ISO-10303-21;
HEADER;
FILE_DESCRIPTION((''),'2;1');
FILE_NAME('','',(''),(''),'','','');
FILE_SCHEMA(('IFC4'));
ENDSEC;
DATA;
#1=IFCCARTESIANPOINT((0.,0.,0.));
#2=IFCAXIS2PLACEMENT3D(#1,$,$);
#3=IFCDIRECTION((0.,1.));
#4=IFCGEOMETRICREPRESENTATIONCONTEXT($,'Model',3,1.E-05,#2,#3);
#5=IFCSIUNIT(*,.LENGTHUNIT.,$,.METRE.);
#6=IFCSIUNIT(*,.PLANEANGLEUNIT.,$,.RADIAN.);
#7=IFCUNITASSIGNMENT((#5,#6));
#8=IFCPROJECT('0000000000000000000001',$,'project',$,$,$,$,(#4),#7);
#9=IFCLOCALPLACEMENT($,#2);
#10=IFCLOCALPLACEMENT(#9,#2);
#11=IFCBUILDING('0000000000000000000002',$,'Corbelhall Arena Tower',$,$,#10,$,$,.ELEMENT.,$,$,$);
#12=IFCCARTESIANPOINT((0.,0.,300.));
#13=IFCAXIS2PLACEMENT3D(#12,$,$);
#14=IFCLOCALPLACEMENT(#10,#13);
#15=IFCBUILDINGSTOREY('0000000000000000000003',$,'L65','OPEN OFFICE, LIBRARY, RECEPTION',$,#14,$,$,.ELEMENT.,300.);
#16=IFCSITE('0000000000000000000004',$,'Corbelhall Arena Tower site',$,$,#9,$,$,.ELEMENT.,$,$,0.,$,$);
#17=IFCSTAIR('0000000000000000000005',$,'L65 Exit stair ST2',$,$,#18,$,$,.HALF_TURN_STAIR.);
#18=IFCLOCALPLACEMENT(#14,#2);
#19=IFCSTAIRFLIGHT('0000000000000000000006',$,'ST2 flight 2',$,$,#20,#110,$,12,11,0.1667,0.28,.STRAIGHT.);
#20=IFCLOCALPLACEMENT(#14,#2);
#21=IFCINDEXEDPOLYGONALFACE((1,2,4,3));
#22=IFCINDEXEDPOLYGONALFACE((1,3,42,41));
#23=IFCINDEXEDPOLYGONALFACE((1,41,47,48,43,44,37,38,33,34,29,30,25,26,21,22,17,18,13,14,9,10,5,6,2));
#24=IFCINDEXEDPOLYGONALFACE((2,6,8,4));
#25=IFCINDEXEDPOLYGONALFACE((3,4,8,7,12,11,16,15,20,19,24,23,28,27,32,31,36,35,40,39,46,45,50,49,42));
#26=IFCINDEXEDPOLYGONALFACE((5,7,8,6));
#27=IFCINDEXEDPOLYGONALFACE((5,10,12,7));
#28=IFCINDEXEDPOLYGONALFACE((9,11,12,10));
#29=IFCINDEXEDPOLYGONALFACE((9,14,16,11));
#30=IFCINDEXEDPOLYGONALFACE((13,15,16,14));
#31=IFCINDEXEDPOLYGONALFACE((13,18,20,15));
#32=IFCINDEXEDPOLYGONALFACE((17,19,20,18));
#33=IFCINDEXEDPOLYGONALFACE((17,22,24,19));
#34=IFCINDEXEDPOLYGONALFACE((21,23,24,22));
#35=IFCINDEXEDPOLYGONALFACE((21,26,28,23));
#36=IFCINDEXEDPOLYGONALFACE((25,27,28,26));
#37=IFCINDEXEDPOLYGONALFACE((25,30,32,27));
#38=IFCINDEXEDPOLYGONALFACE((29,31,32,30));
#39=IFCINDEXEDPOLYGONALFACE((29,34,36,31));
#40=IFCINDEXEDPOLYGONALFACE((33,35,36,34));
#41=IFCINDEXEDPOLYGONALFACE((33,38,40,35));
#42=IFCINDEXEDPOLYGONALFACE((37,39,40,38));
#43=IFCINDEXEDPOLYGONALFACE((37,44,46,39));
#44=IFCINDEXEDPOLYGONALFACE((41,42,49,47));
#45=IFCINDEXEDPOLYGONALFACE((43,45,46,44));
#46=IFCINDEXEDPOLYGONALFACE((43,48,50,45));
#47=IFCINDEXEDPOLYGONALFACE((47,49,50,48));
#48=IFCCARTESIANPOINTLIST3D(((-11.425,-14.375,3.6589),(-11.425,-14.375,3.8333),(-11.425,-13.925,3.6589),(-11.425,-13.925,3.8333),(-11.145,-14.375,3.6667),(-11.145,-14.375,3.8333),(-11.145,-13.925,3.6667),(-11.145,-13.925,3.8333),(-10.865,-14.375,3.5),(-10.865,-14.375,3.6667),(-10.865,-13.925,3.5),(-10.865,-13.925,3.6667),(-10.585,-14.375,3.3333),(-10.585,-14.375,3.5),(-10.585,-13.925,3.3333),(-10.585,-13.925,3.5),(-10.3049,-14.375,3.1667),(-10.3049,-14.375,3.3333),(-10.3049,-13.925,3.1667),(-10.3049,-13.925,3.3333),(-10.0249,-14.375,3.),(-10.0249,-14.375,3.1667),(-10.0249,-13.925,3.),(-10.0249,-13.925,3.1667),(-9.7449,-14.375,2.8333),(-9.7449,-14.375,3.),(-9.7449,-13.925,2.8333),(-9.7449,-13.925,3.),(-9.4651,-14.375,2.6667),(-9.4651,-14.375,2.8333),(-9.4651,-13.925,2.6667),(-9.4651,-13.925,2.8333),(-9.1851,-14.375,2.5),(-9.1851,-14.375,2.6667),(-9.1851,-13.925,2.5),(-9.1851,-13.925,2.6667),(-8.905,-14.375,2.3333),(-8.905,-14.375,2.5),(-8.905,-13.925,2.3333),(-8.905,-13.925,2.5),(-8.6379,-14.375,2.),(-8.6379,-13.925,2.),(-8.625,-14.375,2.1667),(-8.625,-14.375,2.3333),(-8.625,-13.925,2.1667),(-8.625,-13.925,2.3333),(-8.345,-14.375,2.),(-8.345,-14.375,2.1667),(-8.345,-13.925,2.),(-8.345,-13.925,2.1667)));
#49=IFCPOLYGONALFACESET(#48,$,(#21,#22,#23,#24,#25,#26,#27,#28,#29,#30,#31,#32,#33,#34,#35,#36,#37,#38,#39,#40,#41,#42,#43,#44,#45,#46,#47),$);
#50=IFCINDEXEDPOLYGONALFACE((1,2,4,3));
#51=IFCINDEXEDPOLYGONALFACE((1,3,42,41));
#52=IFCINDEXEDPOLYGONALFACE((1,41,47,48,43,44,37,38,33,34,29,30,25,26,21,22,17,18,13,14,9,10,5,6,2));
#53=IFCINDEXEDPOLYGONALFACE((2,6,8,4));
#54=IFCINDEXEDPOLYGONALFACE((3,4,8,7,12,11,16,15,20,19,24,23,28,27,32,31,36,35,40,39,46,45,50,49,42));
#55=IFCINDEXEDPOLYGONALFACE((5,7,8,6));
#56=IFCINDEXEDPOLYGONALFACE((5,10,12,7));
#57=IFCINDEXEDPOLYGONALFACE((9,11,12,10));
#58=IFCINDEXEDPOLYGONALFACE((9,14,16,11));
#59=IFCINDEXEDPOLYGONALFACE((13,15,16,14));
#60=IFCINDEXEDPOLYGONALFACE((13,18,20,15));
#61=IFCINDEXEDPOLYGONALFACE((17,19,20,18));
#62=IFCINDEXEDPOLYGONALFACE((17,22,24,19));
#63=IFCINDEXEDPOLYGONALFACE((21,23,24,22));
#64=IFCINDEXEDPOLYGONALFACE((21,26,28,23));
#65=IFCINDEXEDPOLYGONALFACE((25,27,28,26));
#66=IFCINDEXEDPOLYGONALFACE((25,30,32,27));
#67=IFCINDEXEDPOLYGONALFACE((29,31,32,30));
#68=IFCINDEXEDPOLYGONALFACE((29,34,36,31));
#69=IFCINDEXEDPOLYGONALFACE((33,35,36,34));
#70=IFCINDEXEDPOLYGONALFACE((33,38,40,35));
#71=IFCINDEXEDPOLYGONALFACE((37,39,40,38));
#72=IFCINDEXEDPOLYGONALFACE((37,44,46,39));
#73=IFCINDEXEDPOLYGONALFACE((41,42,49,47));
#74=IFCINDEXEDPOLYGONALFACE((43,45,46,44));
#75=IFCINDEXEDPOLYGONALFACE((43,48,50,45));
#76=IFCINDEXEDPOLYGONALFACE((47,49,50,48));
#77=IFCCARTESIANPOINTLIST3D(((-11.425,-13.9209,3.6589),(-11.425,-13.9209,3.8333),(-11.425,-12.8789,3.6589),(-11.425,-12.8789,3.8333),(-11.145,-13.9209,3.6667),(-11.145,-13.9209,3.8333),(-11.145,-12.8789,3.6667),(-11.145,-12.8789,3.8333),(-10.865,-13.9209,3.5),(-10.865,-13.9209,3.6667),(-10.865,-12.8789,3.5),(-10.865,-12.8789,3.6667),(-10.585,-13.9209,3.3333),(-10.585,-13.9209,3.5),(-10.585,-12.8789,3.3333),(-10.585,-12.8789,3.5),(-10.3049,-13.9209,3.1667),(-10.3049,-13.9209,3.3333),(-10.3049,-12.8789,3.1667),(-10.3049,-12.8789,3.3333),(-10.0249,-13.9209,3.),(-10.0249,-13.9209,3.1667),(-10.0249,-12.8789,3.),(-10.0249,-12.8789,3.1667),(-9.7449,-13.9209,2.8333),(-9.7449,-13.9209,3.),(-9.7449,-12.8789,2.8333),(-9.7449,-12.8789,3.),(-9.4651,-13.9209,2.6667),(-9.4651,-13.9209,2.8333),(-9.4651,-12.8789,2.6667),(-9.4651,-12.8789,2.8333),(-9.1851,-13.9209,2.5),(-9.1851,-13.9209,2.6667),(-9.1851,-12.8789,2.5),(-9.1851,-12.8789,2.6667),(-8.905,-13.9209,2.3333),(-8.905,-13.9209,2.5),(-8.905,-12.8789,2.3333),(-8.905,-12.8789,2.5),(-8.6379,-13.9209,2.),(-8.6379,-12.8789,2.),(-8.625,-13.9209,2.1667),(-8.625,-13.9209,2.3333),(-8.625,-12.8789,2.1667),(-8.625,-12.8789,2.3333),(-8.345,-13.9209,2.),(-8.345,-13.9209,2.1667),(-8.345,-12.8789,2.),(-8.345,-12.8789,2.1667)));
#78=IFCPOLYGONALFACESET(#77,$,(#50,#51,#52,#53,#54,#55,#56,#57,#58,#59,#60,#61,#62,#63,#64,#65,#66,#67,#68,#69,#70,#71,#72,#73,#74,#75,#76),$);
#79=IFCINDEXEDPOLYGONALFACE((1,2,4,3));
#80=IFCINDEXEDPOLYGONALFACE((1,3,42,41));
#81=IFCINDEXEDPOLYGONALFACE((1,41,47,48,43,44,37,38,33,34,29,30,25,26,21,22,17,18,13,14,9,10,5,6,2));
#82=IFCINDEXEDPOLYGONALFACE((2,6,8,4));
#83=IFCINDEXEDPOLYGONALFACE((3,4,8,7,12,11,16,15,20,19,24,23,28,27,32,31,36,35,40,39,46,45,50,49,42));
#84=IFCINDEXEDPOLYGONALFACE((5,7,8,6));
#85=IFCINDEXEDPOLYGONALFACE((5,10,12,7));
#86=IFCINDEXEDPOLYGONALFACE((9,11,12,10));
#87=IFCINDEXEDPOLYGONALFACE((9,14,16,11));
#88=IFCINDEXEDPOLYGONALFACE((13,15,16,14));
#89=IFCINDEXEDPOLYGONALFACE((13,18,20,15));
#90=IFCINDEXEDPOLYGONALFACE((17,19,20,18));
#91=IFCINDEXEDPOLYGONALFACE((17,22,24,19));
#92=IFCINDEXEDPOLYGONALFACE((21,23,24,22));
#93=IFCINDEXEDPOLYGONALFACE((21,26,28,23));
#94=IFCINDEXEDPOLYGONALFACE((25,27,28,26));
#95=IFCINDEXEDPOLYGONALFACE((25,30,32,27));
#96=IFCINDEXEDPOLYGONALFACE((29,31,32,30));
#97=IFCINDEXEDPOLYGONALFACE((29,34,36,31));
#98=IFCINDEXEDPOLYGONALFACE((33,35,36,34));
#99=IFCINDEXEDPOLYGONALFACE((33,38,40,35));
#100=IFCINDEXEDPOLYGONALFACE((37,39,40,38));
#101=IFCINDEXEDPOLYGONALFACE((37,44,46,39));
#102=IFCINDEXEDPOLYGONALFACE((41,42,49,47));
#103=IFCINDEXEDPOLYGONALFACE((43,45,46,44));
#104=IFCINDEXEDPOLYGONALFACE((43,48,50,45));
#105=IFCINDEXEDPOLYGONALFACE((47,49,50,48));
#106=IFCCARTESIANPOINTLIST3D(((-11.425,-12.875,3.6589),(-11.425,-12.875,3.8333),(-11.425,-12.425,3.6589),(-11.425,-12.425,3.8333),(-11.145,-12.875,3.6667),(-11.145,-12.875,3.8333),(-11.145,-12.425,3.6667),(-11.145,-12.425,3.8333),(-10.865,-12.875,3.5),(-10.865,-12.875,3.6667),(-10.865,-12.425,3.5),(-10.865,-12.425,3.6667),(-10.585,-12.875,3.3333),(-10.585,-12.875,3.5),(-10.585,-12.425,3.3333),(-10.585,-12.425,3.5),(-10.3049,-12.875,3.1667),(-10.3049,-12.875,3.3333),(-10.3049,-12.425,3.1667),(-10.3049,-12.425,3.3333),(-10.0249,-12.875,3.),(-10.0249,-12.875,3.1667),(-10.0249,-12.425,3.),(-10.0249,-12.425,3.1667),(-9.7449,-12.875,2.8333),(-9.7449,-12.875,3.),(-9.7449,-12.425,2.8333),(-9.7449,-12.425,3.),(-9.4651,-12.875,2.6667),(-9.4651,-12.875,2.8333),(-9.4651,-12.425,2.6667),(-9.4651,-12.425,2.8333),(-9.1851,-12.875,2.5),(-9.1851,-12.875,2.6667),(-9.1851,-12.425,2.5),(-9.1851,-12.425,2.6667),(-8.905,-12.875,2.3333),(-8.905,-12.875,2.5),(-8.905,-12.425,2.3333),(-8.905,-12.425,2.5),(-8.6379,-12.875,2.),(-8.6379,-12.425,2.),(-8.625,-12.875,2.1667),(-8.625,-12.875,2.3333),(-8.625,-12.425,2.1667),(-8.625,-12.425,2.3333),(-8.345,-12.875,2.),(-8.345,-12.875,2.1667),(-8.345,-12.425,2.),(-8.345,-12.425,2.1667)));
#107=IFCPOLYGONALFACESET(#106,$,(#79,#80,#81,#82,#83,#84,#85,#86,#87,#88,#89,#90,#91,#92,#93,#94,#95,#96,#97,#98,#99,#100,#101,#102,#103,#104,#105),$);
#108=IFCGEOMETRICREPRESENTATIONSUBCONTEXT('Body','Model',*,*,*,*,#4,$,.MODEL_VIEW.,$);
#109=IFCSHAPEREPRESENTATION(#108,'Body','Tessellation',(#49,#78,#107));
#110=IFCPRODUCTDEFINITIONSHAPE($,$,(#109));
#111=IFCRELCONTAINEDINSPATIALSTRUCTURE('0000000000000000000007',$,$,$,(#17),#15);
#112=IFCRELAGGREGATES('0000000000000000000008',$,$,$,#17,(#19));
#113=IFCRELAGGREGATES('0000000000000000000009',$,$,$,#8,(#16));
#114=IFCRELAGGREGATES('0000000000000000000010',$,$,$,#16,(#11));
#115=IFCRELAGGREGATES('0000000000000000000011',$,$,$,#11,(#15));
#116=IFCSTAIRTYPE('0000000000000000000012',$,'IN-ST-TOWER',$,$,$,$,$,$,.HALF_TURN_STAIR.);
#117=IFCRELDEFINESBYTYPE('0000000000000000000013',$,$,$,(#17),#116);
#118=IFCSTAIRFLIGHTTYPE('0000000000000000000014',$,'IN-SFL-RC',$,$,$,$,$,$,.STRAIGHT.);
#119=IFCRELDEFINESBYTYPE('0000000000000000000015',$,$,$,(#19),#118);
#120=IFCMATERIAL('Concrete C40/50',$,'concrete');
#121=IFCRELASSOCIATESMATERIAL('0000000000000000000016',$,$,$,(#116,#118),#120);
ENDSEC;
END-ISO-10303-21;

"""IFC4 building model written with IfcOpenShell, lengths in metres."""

from ifc_helpers import new_model, si_unit, direction, frame, origin, place, context, subcontext, project, spatial, polyline, outline, extrude, material, type_object, element, aggregate, save


model = new_model("IFC4")

# Units and contexts
model_context = context("Model", 3, precision=1e-05, world=origin(), true_north=direction((0.0, 1.0)))
body_context = subcontext(model_context, "Body", "Model", "MODEL_VIEW")
ifc_project = project(units=[si_unit("LENGTHUNIT", "METRE"), si_unit("PLANEANGLEUNIT", "RADIAN")], contexts=[model_context])

# Site, building, storey
site_placement = place(None, origin())
site = spatial("IfcSite", under=ifc_project, at=site_placement, Name="Corbelhall Arena Tower site", CompositionType="ELEMENT", RefElevation=0.0)
building_placement = place(site_placement, origin())
building = spatial("IfcBuilding", under=site, at=building_placement, Name="Corbelhall Arena Tower", CompositionType="ELEMENT")
storey_placement = place(building_placement, frame((0.0, 0.0, 300.0)))
storey = spatial("IfcBuildingStorey", under=building, at=storey_placement, Name="L65", Description="OPEN OFFICE, LIBRARY, RECEPTION", CompositionType="ELEMENT", Elevation=300.0)

# Shared definitions
ifc_material_1 = material(Name="Concrete C40/50", Category="concrete")

# Stair, stair flight
stair_type = type_object("IfcStairType", Name="IN-ST-TOWER", PredefinedType="HALF_TURN_STAIR", material=ifc_material_1)
stair_placement = place(storey_placement, origin())
stair = element("IfcStair", 1, at=stair_placement, inside=storey, type_object=stair_type, Name="L65 Exit stair ST2", PredefinedType="HALF_TURN_STAIR")
stair_flight_type = type_object("IfcStairFlightType", Name="IN-SFL-RC", PredefinedType="STRAIGHT", material=ifc_material_1)
stair_flight_1_placement = place(storey_placement, frame((-8.345, -13.3999, 2.0), z_axis=(0.0, 0.0, 1.0), x_axis=(-1.0, 0.0, 0.0)))
stair_flight_1 = element("IfcStairFlight", 2, at=stair_flight_1_placement, type_object=stair_flight_type, Name="ST2 flight 2", NumberOfRisers=12, NumberOfTreads=11, PredefinedType="STRAIGHT", RiserHeight=0.1667, TreadLength=0.28, context=body_context, shape_type="SweptSolid", body=[
    extrude(outline(polyline([(0.0, 0.0), (0.0, 0.1667), (0.28, 0.1667), (0.28, 0.3333), (0.5601, 0.3333), (0.5601, 0.5), (0.8401, 0.5), (0.8401, 0.6667), (1.1201, 0.6667), (1.1201, 0.8333), (1.3999, 0.8333), (1.3999, 1.0), (1.6799, 1.0), (1.6799, 1.1667), (1.96, 1.1667), (1.96, 1.3333), (2.24, 1.3333), (2.24, 1.5), (2.52, 1.5), (2.52, 1.6667), (2.8, 1.6667), (2.8, 1.8333), (3.0801, 1.8333), (3.0801, 2.0), (3.0801, 1.6589), (0.293, 0.0), (0.0, 0.0)])), frame((0.0, 0.9751, 0.0), z_axis=(0.0, -1.0, 0.0), x_axis=(1.0, 0.0, 0.0)), (0.0, 0.0, 1.0), 0.45),
    extrude(outline(polyline([(0.0, 0.0), (0.0, 0.1667), (0.28, 0.1667), (0.28, 0.3333), (0.5601, 0.3333), (0.5601, 0.5), (0.8401, 0.5), (0.8401, 0.6667), (1.1201, 0.6667), (1.1201, 0.8333), (1.3999, 0.8333), (1.3999, 1.0), (1.6799, 1.0), (1.6799, 1.1667), (1.96, 1.1667), (1.96, 1.3333), (2.24, 1.3333), (2.24, 1.5), (2.52, 1.5), (2.52, 1.6667), (2.8, 1.6667), (2.8, 1.8333), (3.0801, 1.8333), (3.0801, 2.0), (3.0801, 1.6589), (0.293, 0.0), (0.0, 0.0)])), frame((0.0, 0.521, 0.0), z_axis=(0.0, -1.0, 0.0), x_axis=(1.0, 0.0, 0.0)), (0.0, 0.0, 1.0), 1.042),
    extrude(outline(polyline([(0.0, 0.0), (0.0, 0.1667), (0.28, 0.1667), (0.28, 0.3333), (0.5601, 0.3333), (0.5601, 0.5), (0.8401, 0.5), (0.8401, 0.6667), (1.1201, 0.6667), (1.1201, 0.8333), (1.3999, 0.8333), (1.3999, 1.0), (1.6799, 1.0), (1.6799, 1.1667), (1.96, 1.1667), (1.96, 1.3333), (2.24, 1.3333), (2.24, 1.5), (2.52, 1.5), (2.52, 1.6667), (2.8, 1.6667), (2.8, 1.8333), (3.0801, 1.8333), (3.0801, 2.0), (3.0801, 1.6589), (0.293, 0.0), (0.0, 0.0)])), frame((0.0, -0.5249, 0.0), z_axis=(0.0, -1.0, 0.0), x_axis=(1.0, 0.0, 0.0)), (0.0, 0.0, 1.0), 0.45),
])
aggregate(stair, [stair_flight_1])

save(model, "model.ifc")
